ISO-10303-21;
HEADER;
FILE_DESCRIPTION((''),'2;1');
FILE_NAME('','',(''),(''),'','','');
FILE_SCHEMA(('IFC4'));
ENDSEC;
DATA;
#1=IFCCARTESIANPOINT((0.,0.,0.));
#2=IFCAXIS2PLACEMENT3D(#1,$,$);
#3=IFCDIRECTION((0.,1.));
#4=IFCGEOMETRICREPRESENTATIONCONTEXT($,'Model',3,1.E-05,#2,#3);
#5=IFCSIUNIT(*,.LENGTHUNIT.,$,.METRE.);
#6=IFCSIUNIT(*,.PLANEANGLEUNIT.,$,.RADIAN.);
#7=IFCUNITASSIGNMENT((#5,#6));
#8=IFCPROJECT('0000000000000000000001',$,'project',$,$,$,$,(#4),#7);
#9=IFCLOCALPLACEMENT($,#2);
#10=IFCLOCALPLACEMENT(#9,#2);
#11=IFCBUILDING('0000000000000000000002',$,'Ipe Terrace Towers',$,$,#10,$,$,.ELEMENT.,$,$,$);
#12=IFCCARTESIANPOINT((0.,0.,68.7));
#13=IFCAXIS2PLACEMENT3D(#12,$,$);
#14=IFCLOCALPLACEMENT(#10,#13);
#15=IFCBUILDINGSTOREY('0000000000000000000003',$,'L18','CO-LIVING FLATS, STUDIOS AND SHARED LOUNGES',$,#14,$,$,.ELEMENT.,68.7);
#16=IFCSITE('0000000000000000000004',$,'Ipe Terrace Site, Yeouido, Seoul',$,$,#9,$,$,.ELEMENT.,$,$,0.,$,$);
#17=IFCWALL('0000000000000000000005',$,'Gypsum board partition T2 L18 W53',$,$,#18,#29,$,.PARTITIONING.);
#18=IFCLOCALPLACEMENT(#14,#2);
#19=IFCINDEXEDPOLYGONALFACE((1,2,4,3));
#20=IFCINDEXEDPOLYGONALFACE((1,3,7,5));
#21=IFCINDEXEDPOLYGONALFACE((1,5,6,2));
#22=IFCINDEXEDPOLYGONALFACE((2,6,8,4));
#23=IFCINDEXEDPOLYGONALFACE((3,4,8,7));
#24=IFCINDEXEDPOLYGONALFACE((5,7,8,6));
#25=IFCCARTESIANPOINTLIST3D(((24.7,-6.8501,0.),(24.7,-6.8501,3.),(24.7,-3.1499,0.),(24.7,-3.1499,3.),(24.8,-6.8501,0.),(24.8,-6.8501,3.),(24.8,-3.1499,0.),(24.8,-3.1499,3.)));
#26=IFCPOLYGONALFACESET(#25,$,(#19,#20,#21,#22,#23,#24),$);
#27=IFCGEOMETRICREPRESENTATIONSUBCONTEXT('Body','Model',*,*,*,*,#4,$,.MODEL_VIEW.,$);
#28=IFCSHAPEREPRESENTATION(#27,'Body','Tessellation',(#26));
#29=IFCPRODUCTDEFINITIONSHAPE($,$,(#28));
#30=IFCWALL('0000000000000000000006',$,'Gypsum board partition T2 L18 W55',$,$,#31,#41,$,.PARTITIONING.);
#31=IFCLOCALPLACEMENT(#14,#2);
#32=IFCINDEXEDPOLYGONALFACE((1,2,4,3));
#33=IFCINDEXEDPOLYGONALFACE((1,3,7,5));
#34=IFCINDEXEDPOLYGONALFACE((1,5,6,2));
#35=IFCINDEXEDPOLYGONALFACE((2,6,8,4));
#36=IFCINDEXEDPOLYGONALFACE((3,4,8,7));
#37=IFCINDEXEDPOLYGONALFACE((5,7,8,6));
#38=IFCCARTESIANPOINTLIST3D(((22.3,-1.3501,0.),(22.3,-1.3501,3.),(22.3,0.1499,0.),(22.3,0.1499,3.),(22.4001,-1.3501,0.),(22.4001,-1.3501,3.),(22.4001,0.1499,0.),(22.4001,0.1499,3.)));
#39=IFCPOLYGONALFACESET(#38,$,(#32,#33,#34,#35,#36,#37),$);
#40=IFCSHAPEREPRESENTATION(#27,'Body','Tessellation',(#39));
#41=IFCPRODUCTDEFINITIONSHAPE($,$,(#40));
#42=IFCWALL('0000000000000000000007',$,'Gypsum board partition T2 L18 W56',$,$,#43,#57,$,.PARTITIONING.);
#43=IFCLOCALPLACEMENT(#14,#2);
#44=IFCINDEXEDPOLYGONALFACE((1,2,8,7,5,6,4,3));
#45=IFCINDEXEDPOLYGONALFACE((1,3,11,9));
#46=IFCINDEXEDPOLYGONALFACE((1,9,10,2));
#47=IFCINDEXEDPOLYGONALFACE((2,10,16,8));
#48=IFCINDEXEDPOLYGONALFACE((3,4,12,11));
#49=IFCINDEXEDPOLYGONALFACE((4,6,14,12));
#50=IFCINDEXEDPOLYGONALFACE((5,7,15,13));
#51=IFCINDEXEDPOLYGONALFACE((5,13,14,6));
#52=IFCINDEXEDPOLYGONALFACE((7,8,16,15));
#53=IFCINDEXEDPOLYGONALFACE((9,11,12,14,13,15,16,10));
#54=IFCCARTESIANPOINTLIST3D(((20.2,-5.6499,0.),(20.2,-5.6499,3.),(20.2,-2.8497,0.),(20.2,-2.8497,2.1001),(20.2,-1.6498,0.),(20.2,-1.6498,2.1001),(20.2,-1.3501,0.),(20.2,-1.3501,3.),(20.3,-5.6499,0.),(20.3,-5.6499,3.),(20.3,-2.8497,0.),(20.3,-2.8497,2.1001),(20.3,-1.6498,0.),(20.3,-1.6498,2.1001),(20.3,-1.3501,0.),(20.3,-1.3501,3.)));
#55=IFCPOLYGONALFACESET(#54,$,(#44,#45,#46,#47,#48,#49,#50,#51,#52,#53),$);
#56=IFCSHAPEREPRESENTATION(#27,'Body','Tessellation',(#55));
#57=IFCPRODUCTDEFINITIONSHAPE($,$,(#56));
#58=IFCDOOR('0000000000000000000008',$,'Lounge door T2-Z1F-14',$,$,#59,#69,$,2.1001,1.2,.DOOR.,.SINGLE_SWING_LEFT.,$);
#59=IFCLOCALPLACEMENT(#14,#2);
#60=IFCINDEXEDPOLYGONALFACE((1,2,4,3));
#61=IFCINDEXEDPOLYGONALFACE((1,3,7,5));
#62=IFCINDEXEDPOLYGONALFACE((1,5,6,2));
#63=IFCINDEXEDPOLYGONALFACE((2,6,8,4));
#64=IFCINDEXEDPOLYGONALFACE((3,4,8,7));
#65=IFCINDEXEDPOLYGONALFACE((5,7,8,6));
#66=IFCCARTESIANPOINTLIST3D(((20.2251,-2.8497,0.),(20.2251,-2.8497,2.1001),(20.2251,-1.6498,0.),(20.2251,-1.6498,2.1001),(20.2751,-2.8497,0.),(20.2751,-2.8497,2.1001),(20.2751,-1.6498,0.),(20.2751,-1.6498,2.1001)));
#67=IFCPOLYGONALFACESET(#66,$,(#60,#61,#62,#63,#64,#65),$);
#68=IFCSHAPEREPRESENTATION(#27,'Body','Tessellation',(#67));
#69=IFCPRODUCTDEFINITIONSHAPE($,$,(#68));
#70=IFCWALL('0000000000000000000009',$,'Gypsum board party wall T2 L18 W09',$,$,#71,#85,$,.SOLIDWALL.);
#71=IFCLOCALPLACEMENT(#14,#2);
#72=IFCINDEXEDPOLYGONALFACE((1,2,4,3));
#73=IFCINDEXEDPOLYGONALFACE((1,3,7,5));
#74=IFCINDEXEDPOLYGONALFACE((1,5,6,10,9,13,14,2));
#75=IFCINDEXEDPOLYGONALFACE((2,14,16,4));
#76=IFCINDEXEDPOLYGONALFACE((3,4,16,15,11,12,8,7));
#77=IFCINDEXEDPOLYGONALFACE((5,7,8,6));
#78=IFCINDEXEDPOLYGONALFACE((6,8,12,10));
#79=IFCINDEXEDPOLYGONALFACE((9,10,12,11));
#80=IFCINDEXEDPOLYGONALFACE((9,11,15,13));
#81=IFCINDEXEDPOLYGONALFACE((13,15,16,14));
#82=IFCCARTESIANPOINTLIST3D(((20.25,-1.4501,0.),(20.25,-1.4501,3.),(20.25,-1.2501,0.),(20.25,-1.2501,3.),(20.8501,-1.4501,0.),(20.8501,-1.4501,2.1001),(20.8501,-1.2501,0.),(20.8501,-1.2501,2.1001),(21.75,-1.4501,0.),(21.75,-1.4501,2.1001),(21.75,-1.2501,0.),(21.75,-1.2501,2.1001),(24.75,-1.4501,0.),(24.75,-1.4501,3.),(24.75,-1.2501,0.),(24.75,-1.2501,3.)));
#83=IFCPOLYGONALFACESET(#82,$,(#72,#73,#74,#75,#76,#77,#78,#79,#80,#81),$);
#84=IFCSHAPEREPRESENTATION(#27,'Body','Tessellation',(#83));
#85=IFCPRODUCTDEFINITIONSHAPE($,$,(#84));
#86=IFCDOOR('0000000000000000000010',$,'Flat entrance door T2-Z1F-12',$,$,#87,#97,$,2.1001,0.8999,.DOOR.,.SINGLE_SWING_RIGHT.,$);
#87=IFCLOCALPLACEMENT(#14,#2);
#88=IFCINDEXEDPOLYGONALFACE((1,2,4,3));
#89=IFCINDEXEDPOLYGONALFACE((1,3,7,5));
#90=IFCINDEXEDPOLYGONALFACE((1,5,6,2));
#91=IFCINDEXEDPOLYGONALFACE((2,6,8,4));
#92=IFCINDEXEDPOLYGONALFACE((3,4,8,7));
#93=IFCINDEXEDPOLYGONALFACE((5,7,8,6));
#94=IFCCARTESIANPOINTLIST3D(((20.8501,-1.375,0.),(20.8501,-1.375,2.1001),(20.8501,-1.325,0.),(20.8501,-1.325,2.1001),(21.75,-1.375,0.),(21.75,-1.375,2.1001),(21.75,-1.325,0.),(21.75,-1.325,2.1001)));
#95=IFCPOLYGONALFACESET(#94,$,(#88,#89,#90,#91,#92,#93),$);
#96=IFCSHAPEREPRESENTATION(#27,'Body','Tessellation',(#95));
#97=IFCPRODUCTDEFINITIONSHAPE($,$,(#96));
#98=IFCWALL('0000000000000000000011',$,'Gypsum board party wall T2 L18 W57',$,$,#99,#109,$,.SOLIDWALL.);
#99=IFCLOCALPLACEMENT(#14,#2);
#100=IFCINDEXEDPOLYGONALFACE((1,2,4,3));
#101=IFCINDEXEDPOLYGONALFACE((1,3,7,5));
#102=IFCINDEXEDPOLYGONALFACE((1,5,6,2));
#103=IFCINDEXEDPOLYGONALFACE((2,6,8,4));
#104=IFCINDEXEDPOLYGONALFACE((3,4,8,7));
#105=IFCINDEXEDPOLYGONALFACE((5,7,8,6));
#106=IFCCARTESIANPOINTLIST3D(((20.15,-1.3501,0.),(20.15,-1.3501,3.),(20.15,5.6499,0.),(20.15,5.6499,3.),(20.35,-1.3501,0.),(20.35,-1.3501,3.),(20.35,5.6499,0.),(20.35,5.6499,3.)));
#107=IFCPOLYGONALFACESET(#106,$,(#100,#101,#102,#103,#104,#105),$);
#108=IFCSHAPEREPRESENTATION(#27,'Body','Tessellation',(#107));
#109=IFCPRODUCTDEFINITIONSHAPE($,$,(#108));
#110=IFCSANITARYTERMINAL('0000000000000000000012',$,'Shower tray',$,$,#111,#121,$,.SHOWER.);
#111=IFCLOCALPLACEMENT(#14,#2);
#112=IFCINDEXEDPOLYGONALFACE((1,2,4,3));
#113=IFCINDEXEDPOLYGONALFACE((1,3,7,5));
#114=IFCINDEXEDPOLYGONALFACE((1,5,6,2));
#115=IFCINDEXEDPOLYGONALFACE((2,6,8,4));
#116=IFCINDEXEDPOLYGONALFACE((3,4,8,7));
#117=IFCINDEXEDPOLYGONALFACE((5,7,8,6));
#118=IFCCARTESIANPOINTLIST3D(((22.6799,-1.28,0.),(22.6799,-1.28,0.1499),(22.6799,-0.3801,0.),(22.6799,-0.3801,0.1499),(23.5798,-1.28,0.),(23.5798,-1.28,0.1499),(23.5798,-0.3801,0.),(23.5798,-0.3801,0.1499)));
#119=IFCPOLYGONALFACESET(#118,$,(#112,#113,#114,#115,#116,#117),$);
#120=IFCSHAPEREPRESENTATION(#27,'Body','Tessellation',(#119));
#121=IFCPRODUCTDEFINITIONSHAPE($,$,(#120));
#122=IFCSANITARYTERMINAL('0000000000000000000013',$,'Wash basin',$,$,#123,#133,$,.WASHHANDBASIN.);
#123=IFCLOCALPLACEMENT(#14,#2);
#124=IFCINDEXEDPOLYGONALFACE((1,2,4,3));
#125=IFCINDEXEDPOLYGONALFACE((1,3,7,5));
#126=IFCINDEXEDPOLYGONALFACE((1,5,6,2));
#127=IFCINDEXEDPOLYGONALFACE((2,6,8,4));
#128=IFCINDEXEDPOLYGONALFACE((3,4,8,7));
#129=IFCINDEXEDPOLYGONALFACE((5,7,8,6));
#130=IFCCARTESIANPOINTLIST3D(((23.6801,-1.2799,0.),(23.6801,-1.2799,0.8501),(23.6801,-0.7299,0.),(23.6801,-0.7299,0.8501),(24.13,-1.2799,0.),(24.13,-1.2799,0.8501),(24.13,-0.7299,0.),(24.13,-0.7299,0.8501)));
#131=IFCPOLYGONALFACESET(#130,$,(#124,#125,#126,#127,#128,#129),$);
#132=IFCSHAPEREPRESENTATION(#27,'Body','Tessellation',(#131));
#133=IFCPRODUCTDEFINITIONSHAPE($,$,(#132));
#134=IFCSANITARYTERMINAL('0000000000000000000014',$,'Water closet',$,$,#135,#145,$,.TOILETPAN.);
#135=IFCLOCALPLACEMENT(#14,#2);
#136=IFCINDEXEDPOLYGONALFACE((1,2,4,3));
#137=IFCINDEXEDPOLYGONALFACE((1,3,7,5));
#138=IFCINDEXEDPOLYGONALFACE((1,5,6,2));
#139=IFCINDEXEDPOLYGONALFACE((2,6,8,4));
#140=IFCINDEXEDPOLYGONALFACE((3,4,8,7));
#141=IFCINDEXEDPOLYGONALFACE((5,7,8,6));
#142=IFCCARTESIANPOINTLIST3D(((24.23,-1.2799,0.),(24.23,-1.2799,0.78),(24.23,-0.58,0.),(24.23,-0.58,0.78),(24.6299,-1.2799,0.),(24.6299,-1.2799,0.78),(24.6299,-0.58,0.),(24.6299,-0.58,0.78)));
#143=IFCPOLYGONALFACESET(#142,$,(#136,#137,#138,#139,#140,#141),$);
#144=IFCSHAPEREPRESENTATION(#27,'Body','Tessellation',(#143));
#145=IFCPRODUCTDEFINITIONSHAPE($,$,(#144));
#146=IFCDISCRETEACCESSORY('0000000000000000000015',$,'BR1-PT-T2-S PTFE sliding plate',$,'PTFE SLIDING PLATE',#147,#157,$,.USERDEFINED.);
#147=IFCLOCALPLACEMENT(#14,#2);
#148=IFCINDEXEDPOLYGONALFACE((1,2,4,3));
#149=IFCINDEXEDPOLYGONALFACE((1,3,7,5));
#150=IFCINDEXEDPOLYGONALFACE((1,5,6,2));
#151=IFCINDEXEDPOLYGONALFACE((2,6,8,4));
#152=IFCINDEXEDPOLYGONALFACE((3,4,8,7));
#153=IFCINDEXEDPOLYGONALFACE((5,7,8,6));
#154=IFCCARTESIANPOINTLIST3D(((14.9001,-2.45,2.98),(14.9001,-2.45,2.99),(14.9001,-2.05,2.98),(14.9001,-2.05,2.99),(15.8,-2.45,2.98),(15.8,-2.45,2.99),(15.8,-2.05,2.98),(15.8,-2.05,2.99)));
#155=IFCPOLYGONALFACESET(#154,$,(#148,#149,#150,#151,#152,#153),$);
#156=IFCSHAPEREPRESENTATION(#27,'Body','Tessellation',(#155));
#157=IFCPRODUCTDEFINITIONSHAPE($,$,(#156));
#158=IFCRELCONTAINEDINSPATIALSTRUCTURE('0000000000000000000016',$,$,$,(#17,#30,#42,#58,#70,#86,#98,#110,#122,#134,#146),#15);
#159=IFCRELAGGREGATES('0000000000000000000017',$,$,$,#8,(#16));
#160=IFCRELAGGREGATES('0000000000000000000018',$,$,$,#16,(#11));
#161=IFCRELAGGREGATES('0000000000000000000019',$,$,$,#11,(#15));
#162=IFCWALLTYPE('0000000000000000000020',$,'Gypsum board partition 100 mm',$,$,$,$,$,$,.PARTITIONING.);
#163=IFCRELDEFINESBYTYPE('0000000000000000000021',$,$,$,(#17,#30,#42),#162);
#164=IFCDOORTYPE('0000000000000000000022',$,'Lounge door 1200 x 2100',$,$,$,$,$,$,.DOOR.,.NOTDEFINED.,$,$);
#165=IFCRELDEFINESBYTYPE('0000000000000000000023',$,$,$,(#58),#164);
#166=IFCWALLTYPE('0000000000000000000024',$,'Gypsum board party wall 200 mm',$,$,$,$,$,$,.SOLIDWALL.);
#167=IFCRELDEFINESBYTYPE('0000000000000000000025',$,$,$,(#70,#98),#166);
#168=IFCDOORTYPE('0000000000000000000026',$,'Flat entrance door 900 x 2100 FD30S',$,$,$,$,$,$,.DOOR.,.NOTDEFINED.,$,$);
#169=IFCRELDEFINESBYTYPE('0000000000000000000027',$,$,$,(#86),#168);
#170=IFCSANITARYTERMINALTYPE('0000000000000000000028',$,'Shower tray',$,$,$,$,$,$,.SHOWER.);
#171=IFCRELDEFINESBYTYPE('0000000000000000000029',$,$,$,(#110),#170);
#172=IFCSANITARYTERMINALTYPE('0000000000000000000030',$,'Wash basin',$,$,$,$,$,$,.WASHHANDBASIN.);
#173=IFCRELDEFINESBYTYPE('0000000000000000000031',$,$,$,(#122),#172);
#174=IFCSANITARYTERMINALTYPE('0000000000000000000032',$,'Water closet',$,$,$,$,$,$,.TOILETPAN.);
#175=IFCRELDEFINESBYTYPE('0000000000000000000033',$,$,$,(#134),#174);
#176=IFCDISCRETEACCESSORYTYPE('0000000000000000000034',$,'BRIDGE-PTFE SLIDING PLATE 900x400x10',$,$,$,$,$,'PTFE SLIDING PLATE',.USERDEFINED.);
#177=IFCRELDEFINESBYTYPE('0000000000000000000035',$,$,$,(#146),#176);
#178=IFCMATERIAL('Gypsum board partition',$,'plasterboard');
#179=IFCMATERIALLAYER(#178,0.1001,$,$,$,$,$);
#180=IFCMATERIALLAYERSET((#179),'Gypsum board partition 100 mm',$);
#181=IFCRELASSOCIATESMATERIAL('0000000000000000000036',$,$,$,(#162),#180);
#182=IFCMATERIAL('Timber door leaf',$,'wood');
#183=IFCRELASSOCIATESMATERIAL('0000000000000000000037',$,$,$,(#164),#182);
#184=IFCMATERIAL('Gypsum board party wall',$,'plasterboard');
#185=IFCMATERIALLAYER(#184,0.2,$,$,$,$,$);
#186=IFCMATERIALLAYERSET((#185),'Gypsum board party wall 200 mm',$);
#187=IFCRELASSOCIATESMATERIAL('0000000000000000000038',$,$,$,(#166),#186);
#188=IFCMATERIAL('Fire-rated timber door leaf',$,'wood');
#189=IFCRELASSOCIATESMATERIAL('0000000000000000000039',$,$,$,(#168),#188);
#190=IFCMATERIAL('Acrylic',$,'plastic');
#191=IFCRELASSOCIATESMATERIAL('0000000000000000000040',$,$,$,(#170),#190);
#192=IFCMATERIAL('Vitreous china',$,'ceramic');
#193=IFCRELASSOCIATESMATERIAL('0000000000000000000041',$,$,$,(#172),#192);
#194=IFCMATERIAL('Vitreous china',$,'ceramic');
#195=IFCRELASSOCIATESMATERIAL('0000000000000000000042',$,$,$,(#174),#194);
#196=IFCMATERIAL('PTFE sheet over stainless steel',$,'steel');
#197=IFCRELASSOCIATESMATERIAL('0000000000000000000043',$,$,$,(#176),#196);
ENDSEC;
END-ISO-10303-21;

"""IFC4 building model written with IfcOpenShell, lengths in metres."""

from ifc_helpers import new_model, si_unit, direction, frame, frame_2d, origin, origin_2d, place, context, subcontext, project, spatial, rectangle, extrude, material, layer, layer_set, type_object, element, fill, save


model = new_model("IFC4")

# Units and contexts
model_context = context("Model", 3, precision=1e-05, world=origin(), true_north=direction((0.0, 1.0)))
body_context = subcontext(model_context, "Body", "Model", "MODEL_VIEW")
ifc_project = project(units=[si_unit("LENGTHUNIT", "METRE"), si_unit("PLANEANGLEUNIT", "RADIAN")], contexts=[model_context])

# Site, building, storey
site_placement = place(None, origin())
site = spatial("IfcSite", under=ifc_project, at=site_placement, Name="Ipe Terrace Site, Yeouido, Seoul", CompositionType="ELEMENT", RefElevation=0.0)
building_placement = place(site_placement, origin())
building = spatial("IfcBuilding", under=site, at=building_placement, Name="Ipe Terrace Towers", CompositionType="ELEMENT")
storey_placement = place(building_placement, frame((0.0, 0.0, 68.7)))
storey = spatial("IfcBuildingStorey", under=building, at=storey_placement, Name="L18", Description="CO-LIVING FLATS, STUDIOS AND SHARED LOUNGES", CompositionType="ELEMENT", Elevation=68.7)

# Walls
ifc_material_1 = material(Name="Gypsum board partition", Category="plasterboard")
ifc_layer_1 = layer(ifc_material_1, 0.1001)
ifc_layer_set_1 = layer_set([ifc_layer_1], Name="Gypsum board partition 100 mm")
wall_type_1 = type_object("IfcWallType", Name="Gypsum board partition 100 mm", PredefinedType="PARTITIONING", material=ifc_layer_set_1)
wall_1_placement = place(storey_placement, frame((24.75, -6.8501, 0.0), z_axis=(0.0, 0.0, 1.0), x_axis=(0.0, 1.0, 0.0)))
element("IfcWall", 1, at=wall_1_placement, inside=storey, type_object=wall_type_1, Name="Gypsum board partition T2 L18 W53", PredefinedType="PARTITIONING", context=body_context, shape_type="SweptSolid", body=[
    extrude(rectangle(XDim=3.7002, YDim=0.1001, at=frame_2d((1.8501, 0.0))), origin(), (0.0, 0.0, 1.0), 3.0),
])
wall_2_placement = place(storey_placement, frame((22.3501, -1.3501, 0.0), z_axis=(0.0, 0.0, 1.0), x_axis=(0.0, 1.0, 0.0)))
element("IfcWall", 2, at=wall_2_placement, inside=storey, type_object=wall_type_1, Name="Gypsum board partition T2 L18 W55", PredefinedType="PARTITIONING", context=body_context, shape_type="SweptSolid", body=[
    extrude(rectangle(XDim=1.5, YDim=0.1001, at=frame_2d((0.75, 0.0))), origin(), (0.0, 0.0, 1.0), 3.0),
])

# Walls, openings, doors
wall_3_placement = place(storey_placement, frame((20.25, -5.6499, 0.0), z_axis=(0.0, 0.0, 1.0), x_axis=(0.0, 1.0, 0.0)))
wall_3 = element("IfcWall", 3, at=wall_3_placement, inside=storey, type_object=wall_type_1, Name="Gypsum board partition T2 L18 W56", PredefinedType="PARTITIONING", context=body_context, shape_type="SweptSolid", body=[
    extrude(rectangle(XDim=4.2998, YDim=0.1001, at=frame_2d((2.1499, 0.0))), origin(), (0.0, 0.0, 1.0), 3.0),
])
opening_1_placement = place(wall_3_placement, frame((2.8, 0.0, 0.0)))
opening_1 = element("IfcOpeningElement", 4, at=opening_1_placement, cuts=wall_3, PredefinedType="OPENING", context=body_context, shape_type="SweptSolid", body=[
    extrude(rectangle(XDim=1.2, YDim=2.1001, at=frame_2d((0.6001, 1.05))), frame((0.0, 0.0601, 0.0), z_axis=(0.0, -1.0, 0.0), x_axis=(1.0, 0.0, 0.0)), (0.0, 0.0, 1.0), 0.1201),
])
ifc_material_2 = material(Name="Timber door leaf", Category="wood")
door_type_1 = type_object("IfcDoorType", Name="Lounge door 1200 x 2100", OperationType="NOTDEFINED", PredefinedType="DOOR", material=ifc_material_2)
door_1_placement = place(opening_1_placement, origin())
door_1 = element("IfcDoor", 5, at=door_1_placement, inside=storey, type_object=door_type_1, Name="Lounge door T2-Z1F-14", OperationType="SINGLE_SWING_LEFT", OverallHeight=2.1001, OverallWidth=1.2, PredefinedType="DOOR", context=body_context, shape_type="SweptSolid", body=[
    extrude(rectangle(XDim=1.2, YDim=2.1001, at=frame_2d((0.6001, 1.05))), frame((0.0, 0.0249, 0.0), z_axis=(0.0, -1.0, 0.0), x_axis=(1.0, 0.0, 0.0)), (0.0, 0.0, 1.0), 0.05),
])
fill(opening_1, door_1)
ifc_material_3 = material(Name="Gypsum board party wall", Category="plasterboard")
ifc_layer_2 = layer(ifc_material_3, 0.2)
ifc_layer_set_2 = layer_set([ifc_layer_2], Name="Gypsum board party wall 200 mm")
wall_type_2 = type_object("IfcWallType", Name="Gypsum board party wall 200 mm", PredefinedType="SOLIDWALL", material=ifc_layer_set_2)
wall_4_placement = place(storey_placement, frame((24.75, -1.3501, 0.0), z_axis=(0.0, 0.0, 1.0), x_axis=(-1.0, 0.0, 0.0)))
wall_4 = element("IfcWall", 6, at=wall_4_placement, inside=storey, type_object=wall_type_2, Name="Gypsum board party wall T2 L18 W09", PredefinedType="SOLIDWALL", context=body_context, shape_type="SweptSolid", body=[
    extrude(rectangle(XDim=4.5, YDim=0.2, at=frame_2d((2.25, 0.0))), origin(), (0.0, 0.0, 1.0), 3.0),
])
opening_2_placement = place(wall_4_placement, frame((3.0, 0.0, 0.0)))
opening_2 = element("IfcOpeningElement", 7, at=opening_2_placement, cuts=wall_4, PredefinedType="OPENING", context=body_context, shape_type="SweptSolid", body=[
    extrude(rectangle(XDim=0.8999, YDim=2.1001, at=frame_2d((0.45, 1.05))), frame((0.0, 0.1099, 0.0), z_axis=(0.0, -1.0, 0.0), x_axis=(1.0, 0.0, 0.0)), (0.0, 0.0, 1.0), 0.22),
])
ifc_material_4 = material(Name="Fire-rated timber door leaf", Category="wood")
door_type_2 = type_object("IfcDoorType", Name="Flat entrance door 900 x 2100 FD30S", OperationType="NOTDEFINED", PredefinedType="DOOR", material=ifc_material_4)
door_2_placement = place(opening_2_placement, origin())
door_2 = element("IfcDoor", 8, at=door_2_placement, inside=storey, type_object=door_type_2, Name="Flat entrance door T2-Z1F-12", OperationType="SINGLE_SWING_RIGHT", OverallHeight=2.1001, OverallWidth=0.8999, PredefinedType="DOOR", context=body_context, shape_type="SweptSolid", body=[
    extrude(rectangle(XDim=0.8999, YDim=2.1001, at=frame_2d((0.45, 1.05))), frame((0.0, 0.0249, 0.0), z_axis=(0.0, -1.0, 0.0), x_axis=(1.0, 0.0, 0.0)), (0.0, 0.0, 1.0), 0.05),
])
fill(opening_2, door_2)

# Wall
wall_5_placement = place(storey_placement, frame((20.25, -1.3501, 0.0), z_axis=(0.0, 0.0, 1.0), x_axis=(0.0, 1.0, 0.0)))
element("IfcWall", 9, at=wall_5_placement, inside=storey, type_object=wall_type_2, Name="Gypsum board party wall T2 L18 W57", PredefinedType="SOLIDWALL", context=body_context, shape_type="SweptSolid", body=[
    extrude(rectangle(XDim=7.0, YDim=0.2, at=frame_2d((3.5, 0.0))), origin(), (0.0, 0.0, 1.0), 3.0),
])

# Sanitary terminals
ifc_material_5 = material(Name="Acrylic", Category="plastic")
sanitary_terminal_type_1 = type_object("IfcSanitaryTerminalType", Name="Shower tray", PredefinedType="SHOWER", material=ifc_material_5)
sanitary_terminal_1_placement = place(storey_placement, frame((23.1299, -0.8301, 0.0), z_axis=(0.0, 0.0, 1.0), x_axis=(0.0, 1.0, 0.0)))
element("IfcSanitaryTerminal", 10, at=sanitary_terminal_1_placement, inside=storey, type_object=sanitary_terminal_type_1, Name="Shower tray", PredefinedType="SHOWER", context=body_context, shape_type="SweptSolid", body=[
    extrude(rectangle(XDim=0.8999, YDim=0.8999, at=origin_2d()), origin(), (0.0, 0.0, 1.0), 0.1499),
])
ifc_material_6 = material(Name="Vitreous china", Category="ceramic")
sanitary_terminal_type_2 = type_object("IfcSanitaryTerminalType", Name="Wash basin", PredefinedType="WASHHANDBASIN", material=ifc_material_6)
sanitary_terminal_2_placement = place(storey_placement, frame((23.905, -1.0049, 0.0), z_axis=(0.0, 0.0, 1.0), x_axis=(0.0, 1.0, 0.0)))
element("IfcSanitaryTerminal", 11, at=sanitary_terminal_2_placement, inside=storey, type_object=sanitary_terminal_type_2, Name="Wash basin", PredefinedType="WASHHANDBASIN", context=body_context, shape_type="SweptSolid", body=[
    extrude(rectangle(XDim=0.55, YDim=0.45, at=origin_2d()), origin(), (0.0, 0.0, 1.0), 0.8501),
])
ifc_material_7 = material(Name="Vitreous china", Category="ceramic")
sanitary_terminal_type_3 = type_object("IfcSanitaryTerminalType", Name="Water closet", PredefinedType="TOILETPAN", material=ifc_material_7)
sanitary_terminal_3_placement = place(storey_placement, frame((24.4299, -0.9299, 0.0), z_axis=(0.0, 0.0, 1.0), x_axis=(0.0, 1.0, 0.0)))
element("IfcSanitaryTerminal", 12, at=sanitary_terminal_3_placement, inside=storey, type_object=sanitary_terminal_type_3, Name="Water closet", PredefinedType="TOILETPAN", context=body_context, shape_type="SweptSolid", body=[
    extrude(rectangle(XDim=0.7, YDim=0.3999, at=origin_2d()), origin(), (0.0, 0.0, 1.0), 0.78),
])

# Discrete accessory
ifc_material_8 = material(Name="PTFE sheet over stainless steel", Category="steel")
discrete_accessory_type = type_object("IfcDiscreteAccessoryType", Name="BRIDGE-PTFE SLIDING PLATE 900x400x10", ElementType="PTFE SLIDING PLATE", PredefinedType="USERDEFINED", material=ifc_material_8)
discrete_accessory_placement = place(storey_placement, frame((15.3501, -2.25, 2.98), z_axis=(0.0, 0.0, 1.0), x_axis=(1.0, 0.0, 0.0)))
element("IfcDiscreteAccessory", 13, at=discrete_accessory_placement, inside=storey, type_object=discrete_accessory_type, Name="BR1-PT-T2-S PTFE sliding plate", ObjectType="PTFE SLIDING PLATE", PredefinedType="USERDEFINED", context=body_context, shape_type="SweptSolid", body=[
    extrude(rectangle(XDim=0.8999, YDim=0.3999, at=origin_2d()), origin(), (0.0, 0.0, 1.0), 0.01),
])

save(model, "model.ifc")
